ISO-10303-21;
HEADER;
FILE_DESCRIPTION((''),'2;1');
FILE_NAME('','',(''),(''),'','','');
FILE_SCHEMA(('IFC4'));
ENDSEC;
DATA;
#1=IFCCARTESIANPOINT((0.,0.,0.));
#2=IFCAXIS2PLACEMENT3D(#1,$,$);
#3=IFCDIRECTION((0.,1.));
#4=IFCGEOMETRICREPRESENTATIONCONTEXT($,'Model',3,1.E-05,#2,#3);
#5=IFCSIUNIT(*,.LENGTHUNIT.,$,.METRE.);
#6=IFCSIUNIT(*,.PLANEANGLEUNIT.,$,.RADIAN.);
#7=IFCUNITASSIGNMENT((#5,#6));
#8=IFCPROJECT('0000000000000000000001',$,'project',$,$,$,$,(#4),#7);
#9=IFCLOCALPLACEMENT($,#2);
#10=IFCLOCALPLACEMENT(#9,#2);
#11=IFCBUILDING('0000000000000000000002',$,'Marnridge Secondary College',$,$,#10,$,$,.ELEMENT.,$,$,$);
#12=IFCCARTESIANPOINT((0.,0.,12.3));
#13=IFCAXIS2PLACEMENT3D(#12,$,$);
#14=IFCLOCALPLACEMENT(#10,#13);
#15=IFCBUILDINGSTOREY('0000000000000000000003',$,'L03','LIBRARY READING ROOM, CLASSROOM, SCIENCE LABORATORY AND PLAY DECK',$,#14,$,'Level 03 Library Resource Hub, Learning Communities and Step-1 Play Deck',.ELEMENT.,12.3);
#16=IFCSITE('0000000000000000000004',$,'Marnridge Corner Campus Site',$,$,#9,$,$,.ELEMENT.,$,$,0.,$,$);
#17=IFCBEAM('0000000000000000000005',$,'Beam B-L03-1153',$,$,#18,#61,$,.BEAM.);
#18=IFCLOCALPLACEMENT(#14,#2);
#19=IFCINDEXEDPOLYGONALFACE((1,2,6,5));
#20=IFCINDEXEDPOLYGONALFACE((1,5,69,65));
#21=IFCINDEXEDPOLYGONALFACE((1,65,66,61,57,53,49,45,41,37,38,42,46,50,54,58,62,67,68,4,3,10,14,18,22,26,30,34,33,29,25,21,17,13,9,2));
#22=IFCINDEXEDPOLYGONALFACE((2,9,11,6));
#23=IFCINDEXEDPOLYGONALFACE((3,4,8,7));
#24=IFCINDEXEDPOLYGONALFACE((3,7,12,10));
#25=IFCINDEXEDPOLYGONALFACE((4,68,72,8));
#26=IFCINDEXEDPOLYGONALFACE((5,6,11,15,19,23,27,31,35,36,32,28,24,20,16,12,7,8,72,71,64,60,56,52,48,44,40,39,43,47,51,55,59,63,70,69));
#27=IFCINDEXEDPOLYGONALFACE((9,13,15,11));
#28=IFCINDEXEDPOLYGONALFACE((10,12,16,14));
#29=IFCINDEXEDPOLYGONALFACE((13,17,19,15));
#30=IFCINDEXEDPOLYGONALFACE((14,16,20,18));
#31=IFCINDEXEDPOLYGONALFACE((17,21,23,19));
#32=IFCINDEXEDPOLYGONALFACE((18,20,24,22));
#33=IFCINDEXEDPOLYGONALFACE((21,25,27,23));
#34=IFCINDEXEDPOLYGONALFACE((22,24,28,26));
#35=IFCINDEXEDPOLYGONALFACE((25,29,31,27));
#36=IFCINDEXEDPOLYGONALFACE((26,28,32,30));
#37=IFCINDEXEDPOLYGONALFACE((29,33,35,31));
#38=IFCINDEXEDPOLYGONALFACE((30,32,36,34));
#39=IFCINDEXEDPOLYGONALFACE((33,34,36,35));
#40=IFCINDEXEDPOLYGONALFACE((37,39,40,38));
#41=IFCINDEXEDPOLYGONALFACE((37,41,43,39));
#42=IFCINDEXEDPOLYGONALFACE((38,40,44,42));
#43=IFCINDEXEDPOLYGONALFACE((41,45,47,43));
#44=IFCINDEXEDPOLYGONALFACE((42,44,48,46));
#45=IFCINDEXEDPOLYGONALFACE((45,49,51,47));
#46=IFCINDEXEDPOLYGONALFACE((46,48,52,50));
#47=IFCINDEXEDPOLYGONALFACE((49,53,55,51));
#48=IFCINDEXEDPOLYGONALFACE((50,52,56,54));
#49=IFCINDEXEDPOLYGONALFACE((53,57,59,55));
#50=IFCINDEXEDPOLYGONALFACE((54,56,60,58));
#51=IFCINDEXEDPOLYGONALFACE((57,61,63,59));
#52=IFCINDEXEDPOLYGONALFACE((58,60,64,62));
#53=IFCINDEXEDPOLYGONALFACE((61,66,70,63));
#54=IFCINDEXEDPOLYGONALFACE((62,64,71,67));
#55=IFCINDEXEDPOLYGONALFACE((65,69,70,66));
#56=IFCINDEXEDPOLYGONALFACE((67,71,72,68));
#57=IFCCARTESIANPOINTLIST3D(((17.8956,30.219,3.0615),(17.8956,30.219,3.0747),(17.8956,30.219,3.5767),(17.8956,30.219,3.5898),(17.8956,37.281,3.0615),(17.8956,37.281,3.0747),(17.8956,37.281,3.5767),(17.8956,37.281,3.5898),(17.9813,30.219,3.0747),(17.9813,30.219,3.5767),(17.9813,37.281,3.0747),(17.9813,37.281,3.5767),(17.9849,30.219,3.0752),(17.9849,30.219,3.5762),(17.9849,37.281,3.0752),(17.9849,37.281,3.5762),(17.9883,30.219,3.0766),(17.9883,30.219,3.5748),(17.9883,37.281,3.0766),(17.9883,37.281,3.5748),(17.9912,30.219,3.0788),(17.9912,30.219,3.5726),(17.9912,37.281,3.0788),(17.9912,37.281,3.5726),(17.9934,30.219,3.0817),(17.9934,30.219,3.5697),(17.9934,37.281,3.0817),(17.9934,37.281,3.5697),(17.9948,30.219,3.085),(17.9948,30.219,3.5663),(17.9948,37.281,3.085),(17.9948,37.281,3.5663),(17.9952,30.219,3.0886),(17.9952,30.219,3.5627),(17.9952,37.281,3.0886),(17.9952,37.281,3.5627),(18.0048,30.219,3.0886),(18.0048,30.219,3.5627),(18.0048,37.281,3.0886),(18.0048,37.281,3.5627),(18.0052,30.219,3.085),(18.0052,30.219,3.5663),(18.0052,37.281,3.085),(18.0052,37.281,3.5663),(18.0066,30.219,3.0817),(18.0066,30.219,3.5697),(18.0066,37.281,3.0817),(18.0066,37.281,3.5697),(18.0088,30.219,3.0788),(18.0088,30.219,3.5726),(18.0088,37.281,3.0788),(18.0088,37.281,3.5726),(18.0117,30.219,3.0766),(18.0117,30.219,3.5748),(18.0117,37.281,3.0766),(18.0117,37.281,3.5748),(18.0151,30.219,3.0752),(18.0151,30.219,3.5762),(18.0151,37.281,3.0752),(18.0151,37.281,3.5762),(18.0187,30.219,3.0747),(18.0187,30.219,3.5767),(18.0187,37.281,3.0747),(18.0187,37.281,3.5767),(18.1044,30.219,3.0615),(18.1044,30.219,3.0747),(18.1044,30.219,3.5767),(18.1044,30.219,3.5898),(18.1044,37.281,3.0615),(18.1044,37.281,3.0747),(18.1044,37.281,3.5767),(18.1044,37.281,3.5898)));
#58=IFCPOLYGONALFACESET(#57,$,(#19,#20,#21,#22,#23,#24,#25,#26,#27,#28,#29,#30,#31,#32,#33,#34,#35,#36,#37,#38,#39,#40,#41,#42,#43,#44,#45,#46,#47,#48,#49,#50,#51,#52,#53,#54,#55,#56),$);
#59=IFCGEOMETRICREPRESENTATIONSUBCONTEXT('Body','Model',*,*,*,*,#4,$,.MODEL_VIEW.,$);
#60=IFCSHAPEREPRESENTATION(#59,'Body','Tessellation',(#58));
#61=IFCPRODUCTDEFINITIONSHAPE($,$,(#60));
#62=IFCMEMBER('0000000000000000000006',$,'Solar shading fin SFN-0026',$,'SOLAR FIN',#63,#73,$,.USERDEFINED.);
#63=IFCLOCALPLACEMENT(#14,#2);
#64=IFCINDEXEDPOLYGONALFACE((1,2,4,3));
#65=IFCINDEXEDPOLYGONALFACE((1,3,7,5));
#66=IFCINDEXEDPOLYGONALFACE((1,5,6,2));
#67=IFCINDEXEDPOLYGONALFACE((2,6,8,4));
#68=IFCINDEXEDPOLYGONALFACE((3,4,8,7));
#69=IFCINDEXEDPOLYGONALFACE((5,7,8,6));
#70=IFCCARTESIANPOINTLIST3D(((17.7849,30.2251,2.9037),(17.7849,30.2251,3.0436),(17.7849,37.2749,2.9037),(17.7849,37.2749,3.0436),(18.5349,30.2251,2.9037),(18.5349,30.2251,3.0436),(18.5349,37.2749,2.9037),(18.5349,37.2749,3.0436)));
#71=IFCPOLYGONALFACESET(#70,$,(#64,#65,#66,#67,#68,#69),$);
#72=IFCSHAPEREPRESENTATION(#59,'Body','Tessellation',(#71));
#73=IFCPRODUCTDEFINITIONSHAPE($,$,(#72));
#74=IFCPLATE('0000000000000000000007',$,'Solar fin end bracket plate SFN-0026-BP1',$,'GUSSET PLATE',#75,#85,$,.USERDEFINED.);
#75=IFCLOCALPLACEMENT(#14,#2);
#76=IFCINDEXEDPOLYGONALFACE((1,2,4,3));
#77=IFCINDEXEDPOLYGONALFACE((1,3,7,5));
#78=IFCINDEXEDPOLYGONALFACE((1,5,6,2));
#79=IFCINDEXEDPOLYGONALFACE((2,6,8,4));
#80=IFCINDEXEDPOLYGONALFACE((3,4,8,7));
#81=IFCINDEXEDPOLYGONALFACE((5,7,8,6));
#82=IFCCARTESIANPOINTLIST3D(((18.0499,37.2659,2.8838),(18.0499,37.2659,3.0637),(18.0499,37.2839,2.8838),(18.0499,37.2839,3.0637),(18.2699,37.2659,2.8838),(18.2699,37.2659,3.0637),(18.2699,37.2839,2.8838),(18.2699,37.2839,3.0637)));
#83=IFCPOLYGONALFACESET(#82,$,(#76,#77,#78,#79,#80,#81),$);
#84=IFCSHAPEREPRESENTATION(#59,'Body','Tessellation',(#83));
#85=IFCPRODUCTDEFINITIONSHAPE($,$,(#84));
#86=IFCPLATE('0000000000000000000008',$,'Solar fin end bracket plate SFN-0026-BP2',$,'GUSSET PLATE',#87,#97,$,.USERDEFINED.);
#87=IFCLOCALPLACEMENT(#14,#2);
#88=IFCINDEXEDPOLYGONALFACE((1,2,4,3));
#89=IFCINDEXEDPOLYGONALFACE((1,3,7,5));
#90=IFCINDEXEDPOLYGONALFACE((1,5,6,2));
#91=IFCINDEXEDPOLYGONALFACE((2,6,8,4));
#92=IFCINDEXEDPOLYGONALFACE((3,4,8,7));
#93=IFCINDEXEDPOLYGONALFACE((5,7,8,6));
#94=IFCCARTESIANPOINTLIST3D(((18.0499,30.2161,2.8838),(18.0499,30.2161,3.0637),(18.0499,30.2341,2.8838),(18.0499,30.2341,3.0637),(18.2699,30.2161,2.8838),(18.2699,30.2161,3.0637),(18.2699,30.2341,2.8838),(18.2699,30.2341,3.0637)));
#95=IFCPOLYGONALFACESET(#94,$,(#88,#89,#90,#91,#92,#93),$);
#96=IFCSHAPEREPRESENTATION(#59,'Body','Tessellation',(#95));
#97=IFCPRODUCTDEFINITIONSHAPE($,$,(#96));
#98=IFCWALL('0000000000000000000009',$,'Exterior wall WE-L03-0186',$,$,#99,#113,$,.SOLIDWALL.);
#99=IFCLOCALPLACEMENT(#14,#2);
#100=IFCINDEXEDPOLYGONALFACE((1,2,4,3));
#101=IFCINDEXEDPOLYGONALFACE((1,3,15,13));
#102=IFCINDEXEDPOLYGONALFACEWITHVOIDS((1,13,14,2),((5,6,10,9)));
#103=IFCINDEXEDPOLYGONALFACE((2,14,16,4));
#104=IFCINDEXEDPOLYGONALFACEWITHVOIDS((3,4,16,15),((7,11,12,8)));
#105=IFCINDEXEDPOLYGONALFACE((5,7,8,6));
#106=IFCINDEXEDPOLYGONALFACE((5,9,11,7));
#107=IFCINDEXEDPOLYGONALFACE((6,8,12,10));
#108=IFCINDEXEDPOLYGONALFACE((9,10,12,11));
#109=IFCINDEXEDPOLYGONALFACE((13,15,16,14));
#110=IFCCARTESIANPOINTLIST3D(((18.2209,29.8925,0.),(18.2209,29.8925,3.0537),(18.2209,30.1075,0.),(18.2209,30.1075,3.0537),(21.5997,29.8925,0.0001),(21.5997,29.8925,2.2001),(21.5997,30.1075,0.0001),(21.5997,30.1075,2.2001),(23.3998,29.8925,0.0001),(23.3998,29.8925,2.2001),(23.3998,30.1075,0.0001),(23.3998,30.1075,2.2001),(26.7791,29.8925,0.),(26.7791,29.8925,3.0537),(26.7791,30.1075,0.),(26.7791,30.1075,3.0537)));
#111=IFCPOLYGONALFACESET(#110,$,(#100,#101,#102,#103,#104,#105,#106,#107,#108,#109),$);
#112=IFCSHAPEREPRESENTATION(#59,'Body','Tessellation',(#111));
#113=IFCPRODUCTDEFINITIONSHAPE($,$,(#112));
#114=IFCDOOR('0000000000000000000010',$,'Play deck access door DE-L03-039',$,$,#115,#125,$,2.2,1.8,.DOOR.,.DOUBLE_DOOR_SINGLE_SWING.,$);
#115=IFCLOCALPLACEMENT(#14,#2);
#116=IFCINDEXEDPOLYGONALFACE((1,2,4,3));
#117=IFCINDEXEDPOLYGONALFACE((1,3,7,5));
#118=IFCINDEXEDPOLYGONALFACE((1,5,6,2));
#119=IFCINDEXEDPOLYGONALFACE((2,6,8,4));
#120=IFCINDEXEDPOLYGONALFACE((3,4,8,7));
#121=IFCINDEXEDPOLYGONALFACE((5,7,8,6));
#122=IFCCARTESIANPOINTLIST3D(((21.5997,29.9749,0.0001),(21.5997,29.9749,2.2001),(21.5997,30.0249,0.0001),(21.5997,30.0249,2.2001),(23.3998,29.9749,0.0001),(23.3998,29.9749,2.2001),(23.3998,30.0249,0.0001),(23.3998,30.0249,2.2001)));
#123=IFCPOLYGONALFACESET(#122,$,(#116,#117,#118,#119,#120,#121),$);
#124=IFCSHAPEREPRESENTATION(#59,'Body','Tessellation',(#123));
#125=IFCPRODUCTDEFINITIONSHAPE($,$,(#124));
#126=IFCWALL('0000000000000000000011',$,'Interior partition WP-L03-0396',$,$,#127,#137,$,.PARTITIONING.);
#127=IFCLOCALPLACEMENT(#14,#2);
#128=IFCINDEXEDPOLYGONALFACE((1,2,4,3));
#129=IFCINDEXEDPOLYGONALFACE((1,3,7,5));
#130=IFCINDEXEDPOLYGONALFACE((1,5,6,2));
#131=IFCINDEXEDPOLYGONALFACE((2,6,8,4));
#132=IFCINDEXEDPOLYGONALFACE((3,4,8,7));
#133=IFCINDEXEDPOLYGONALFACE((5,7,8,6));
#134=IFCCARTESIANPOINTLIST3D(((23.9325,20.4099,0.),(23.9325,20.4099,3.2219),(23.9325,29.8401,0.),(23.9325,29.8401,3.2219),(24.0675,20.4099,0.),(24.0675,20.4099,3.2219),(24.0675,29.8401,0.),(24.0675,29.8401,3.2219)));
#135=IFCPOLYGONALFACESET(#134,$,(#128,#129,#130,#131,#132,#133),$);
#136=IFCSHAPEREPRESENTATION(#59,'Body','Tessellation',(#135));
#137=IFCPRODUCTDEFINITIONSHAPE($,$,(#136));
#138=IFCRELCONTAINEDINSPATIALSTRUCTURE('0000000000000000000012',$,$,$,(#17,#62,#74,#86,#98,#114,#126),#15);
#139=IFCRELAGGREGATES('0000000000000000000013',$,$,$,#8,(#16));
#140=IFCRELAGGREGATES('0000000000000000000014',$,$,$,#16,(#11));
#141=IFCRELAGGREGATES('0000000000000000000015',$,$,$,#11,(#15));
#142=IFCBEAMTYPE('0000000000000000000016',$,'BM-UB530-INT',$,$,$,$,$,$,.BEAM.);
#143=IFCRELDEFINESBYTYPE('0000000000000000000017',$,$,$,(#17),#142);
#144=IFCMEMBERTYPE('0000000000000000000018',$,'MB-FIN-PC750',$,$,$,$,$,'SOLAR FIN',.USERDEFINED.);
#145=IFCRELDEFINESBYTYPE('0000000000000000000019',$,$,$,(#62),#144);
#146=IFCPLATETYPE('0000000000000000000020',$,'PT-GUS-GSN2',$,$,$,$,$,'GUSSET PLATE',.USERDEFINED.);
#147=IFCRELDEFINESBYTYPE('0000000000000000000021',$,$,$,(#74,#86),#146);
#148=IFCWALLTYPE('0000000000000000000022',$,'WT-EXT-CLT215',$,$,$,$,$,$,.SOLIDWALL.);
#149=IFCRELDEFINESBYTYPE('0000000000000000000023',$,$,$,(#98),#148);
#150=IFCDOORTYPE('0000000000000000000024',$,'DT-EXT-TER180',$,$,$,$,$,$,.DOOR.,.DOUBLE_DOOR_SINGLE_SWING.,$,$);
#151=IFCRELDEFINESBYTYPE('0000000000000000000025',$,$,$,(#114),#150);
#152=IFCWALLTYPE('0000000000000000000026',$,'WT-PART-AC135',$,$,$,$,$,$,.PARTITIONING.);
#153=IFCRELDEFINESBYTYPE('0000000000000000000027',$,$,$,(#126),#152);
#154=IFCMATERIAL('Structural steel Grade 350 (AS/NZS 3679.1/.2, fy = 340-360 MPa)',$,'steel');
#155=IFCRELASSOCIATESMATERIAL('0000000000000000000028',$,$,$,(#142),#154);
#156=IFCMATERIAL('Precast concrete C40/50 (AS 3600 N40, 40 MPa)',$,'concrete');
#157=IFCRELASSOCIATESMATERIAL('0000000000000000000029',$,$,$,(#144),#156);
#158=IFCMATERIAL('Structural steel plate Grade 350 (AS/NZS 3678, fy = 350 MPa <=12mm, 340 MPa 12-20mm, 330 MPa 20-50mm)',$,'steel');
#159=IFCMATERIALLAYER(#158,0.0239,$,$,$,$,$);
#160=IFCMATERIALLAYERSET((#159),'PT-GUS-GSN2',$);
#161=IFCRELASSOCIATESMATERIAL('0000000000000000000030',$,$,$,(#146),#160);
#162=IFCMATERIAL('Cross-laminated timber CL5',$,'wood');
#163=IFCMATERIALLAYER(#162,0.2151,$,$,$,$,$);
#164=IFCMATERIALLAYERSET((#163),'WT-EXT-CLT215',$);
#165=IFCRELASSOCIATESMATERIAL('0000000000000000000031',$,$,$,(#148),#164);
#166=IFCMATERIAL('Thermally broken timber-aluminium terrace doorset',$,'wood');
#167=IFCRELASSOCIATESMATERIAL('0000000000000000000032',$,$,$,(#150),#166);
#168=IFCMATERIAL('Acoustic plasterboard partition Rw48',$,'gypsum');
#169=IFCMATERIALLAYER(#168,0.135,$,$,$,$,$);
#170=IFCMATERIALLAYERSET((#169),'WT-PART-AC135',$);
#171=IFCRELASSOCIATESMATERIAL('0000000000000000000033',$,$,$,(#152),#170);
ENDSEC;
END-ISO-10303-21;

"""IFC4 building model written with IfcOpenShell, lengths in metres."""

from ifc_helpers import new_model, si_unit, direction, frame, frame_2d, origin, origin_2d, place, context, subcontext, project, spatial, rectangle, i_section, extrude, material, layer, layer_set, material_profile, profile_set, type_object, element, fill, save


model = new_model("IFC4")

# Units and contexts
model_context = context("Model", 3, precision=1e-05, world=origin(), true_north=direction((0.0, 1.0)))
body_context = subcontext(model_context, "Body", "Model", "MODEL_VIEW")
ifc_project = project(units=[si_unit("LENGTHUNIT", "METRE"), si_unit("PLANEANGLEUNIT", "RADIAN")], contexts=[model_context])

# Site, building, storey
site_placement = place(None, origin())
site = spatial("IfcSite", under=ifc_project, at=site_placement, Name="Marnridge Corner Campus Site", CompositionType="ELEMENT", RefElevation=0.0)
building_placement = place(site_placement, origin())
building = spatial("IfcBuilding", under=site, at=building_placement, Name="Marnridge Secondary College", CompositionType="ELEMENT")
storey_placement = place(building_placement, frame((0.0, 0.0, 12.3)))
storey = spatial("IfcBuildingStorey", under=building, at=storey_placement, Name="L03", Description="LIBRARY READING ROOM, CLASSROOM, SCIENCE LABORATORY AND PLAY DECK", LongName="Level 03 Library Resource Hub, Learning Communities and Step-1 Play Deck", CompositionType="ELEMENT", Elevation=12.3)

# Beam
ifc_material_1 = material(Name="Structural steel Grade 350 (AS/NZS 3679.1/.2, fy = 340-360 MPa)", Category="steel")
ifc_material_profile_1 = material_profile(ifc_material_1, i_section(OverallWidth=0.2087, OverallDepth=0.5283, WebThickness=0.0095, FlangeThickness=0.0132, FilletRadius=0.0139, at=origin_2d()), Name="530UB82.0")
ifc_profile_set_1 = profile_set([ifc_material_profile_1], Name="Structural steel Grade 350 (AS/NZS 3679.1/.2, fy = 340-360 MPa)")
beam_type_1 = type_object("IfcBeamType", Name="BM-UB530-INT", PredefinedType="BEAM", material=ifc_profile_set_1)
for number, where, z_axis, x_axis, name in (
    (1, (18.0, 30.219, 3.3257), (0.0, 1.0, 0.0), (-1.0, 0.0, 0.0), "Beam B-L03-1153"),
):
    element("IfcBeam", number, at=place(storey_placement, frame(where, z_axis=z_axis, x_axis=x_axis)), inside=storey, type_object=beam_type_1, Name=name, PredefinedType="BEAM", context=body_context, shape_type="SweptSolid", body=[
        extrude(i_section(OverallWidth=0.2087, OverallDepth=0.5283, WebThickness=0.0095, FlangeThickness=0.0132, FilletRadius=0.0139, at=origin_2d()), origin(), (0.0, 0.0, 1.0), 7.062),
    ])

# Member
ifc_material_2 = material(Name="Precast concrete C40/50 (AS 3600 N40, 40 MPa)", Category="concrete")
ifc_material_profile_2 = material_profile(ifc_material_2, rectangle(XDim=0.1399, YDim=0.75, at=origin_2d()), Name="FIN PC 140x750")
ifc_profile_set_2 = profile_set([ifc_material_profile_2], Name="Precast concrete C40/50 (AS 3600 N40, 40 MPa)")
member_type = type_object("IfcMemberType", Name="MB-FIN-PC750", ElementType="SOLAR FIN", PredefinedType="USERDEFINED", material=ifc_profile_set_2)
member_placement = place(storey_placement, frame((18.1599, 37.2749, 2.9736), z_axis=(0.0, -1.0, 0.0), x_axis=(0.0, 0.0, 1.0)))
element("IfcMember", 2, at=member_placement, inside=storey, type_object=member_type, Name="Solar shading fin SFN-0026", ObjectType="SOLAR FIN", PredefinedType="USERDEFINED", context=body_context, shape_type="SweptSolid", body=[
    extrude(rectangle(XDim=0.1399, YDim=0.75, at=origin_2d()), origin(), (0.0, 0.0, 1.0), 7.0498),
])

# Plates
ifc_material_3 = material(Name="Structural steel plate Grade 350 (AS/NZS 3678, fy = 350 MPa <=12mm, 340 MPa 12-20mm, 330 MPa 20-50mm)", Category="steel")
ifc_layer_1 = layer(ifc_material_3, 0.0239)
ifc_layer_set_1 = layer_set([ifc_layer_1], Name="PT-GUS-GSN2")
plate_type = type_object("IfcPlateType", Name="PT-GUS-GSN2", ElementType="GUSSET PLATE", PredefinedType="USERDEFINED", material=ifc_layer_set_1)
for number, where, z_axis, x_axis, name in (
    (3, (18.1599, 37.2749, 2.8838), (0.0, 0.0, 1.0), (1.0, 0.0, 0.0), "Solar fin end bracket plate SFN-0026-BP1"),
    (4, (18.1599, 30.2251, 2.8838), (0.0, 0.0, 1.0), (1.0, 0.0, 0.0), "Solar fin end bracket plate SFN-0026-BP2"),
):
    element("IfcPlate", number, at=place(storey_placement, frame(where, z_axis=z_axis, x_axis=x_axis)), inside=storey, type_object=plate_type, Name=name, ObjectType="GUSSET PLATE", PredefinedType="USERDEFINED", context=body_context, shape_type="SweptSolid", body=[
        extrude(rectangle(XDim=0.22, YDim=0.0181, at=origin_2d()), origin(), (0.0, 0.0, 1.0), 0.1799),
    ])

# Wall, opening, door
ifc_material_4 = material(Name="Cross-laminated timber CL5", Category="wood")
ifc_layer_2 = layer(ifc_material_4, 0.2151)
ifc_layer_set_2 = layer_set([ifc_layer_2], Name="WT-EXT-CLT215")
wall_type_1 = type_object("IfcWallType", Name="WT-EXT-CLT215", PredefinedType="SOLIDWALL", material=ifc_layer_set_2)
wall_1_placement = place(storey_placement, frame((18.2209, 30.0, 0.0), z_axis=(0.0, 0.0, 1.0), x_axis=(1.0, 0.0, 0.0)))
wall_1 = element("IfcWall", 5, at=wall_1_placement, inside=storey, type_object=wall_type_1, Name="Exterior wall WE-L03-0186", PredefinedType="SOLIDWALL", context=body_context, shape_type="SweptSolid", body=[
    extrude(rectangle(XDim=8.5581, YDim=0.2151, at=frame_2d((4.2791, 0.0))), origin(), (0.0, 0.0, 1.0), 3.0537),
])
opening_1_placement = place(wall_1_placement, frame((3.3789, 0.0, 0.0)))
opening_1 = element("IfcOpeningElement", 6, at=opening_1_placement, cuts=wall_1, PredefinedType="OPENING", context=body_context, shape_type="SweptSolid", body=[
    extrude(rectangle(XDim=1.8, YDim=2.2, at=frame_2d((0.8999, 1.1001))), frame((0.0, 0.1174, 0.0), z_axis=(0.0, -1.0, 0.0), x_axis=(1.0, 0.0, 0.0)), (0.0, 0.0, 1.0), 0.2351),
])
ifc_material_5 = material(Name="Thermally broken timber-aluminium terrace doorset", Category="wood")
door_type_1 = type_object("IfcDoorType", Name="DT-EXT-TER180", OperationType="DOUBLE_DOOR_SINGLE_SWING", PredefinedType="DOOR", material=ifc_material_5)
door_1_placement = place(opening_1_placement, origin())
door_1 = element("IfcDoor", 7, at=door_1_placement, inside=storey, type_object=door_type_1, Name="Play deck access door DE-L03-039", OperationType="DOUBLE_DOOR_SINGLE_SWING", OverallHeight=2.2, OverallWidth=1.8, PredefinedType="DOOR", context=body_context, shape_type="SweptSolid", body=[
    extrude(rectangle(XDim=1.8, YDim=2.2, at=frame_2d((0.8999, 1.1001))), frame((0.0, 0.0249, 0.0), z_axis=(0.0, -1.0, 0.0), x_axis=(1.0, 0.0, 0.0)), (0.0, 0.0, 1.0), 0.05),
])
fill(opening_1, door_1)

# Wall
ifc_material_6 = material(Name="Acoustic plasterboard partition Rw48", Category="gypsum")
ifc_layer_3 = layer(ifc_material_6, 0.135)
ifc_layer_set_3 = layer_set([ifc_layer_3], Name="WT-PART-AC135")
wall_type_2 = type_object("IfcWallType", Name="WT-PART-AC135", PredefinedType="PARTITIONING", material=ifc_layer_set_3)
wall_2_placement = place(storey_placement, frame((24.0, 29.8401, 0.0), z_axis=(0.0, 0.0, 1.0), x_axis=(0.0, -1.0, 0.0)))
element("IfcWall", 8, at=wall_2_placement, inside=storey, type_object=wall_type_2, Name="Interior partition WP-L03-0396", PredefinedType="PARTITIONING", context=body_context, shape_type="SweptSolid", body=[
    extrude(rectangle(XDim=9.4302, YDim=0.135, at=frame_2d((4.7151, 0.0))), origin(), (0.0, 0.0, 1.0), 3.2219),
])

save(model, "model.ifc")
